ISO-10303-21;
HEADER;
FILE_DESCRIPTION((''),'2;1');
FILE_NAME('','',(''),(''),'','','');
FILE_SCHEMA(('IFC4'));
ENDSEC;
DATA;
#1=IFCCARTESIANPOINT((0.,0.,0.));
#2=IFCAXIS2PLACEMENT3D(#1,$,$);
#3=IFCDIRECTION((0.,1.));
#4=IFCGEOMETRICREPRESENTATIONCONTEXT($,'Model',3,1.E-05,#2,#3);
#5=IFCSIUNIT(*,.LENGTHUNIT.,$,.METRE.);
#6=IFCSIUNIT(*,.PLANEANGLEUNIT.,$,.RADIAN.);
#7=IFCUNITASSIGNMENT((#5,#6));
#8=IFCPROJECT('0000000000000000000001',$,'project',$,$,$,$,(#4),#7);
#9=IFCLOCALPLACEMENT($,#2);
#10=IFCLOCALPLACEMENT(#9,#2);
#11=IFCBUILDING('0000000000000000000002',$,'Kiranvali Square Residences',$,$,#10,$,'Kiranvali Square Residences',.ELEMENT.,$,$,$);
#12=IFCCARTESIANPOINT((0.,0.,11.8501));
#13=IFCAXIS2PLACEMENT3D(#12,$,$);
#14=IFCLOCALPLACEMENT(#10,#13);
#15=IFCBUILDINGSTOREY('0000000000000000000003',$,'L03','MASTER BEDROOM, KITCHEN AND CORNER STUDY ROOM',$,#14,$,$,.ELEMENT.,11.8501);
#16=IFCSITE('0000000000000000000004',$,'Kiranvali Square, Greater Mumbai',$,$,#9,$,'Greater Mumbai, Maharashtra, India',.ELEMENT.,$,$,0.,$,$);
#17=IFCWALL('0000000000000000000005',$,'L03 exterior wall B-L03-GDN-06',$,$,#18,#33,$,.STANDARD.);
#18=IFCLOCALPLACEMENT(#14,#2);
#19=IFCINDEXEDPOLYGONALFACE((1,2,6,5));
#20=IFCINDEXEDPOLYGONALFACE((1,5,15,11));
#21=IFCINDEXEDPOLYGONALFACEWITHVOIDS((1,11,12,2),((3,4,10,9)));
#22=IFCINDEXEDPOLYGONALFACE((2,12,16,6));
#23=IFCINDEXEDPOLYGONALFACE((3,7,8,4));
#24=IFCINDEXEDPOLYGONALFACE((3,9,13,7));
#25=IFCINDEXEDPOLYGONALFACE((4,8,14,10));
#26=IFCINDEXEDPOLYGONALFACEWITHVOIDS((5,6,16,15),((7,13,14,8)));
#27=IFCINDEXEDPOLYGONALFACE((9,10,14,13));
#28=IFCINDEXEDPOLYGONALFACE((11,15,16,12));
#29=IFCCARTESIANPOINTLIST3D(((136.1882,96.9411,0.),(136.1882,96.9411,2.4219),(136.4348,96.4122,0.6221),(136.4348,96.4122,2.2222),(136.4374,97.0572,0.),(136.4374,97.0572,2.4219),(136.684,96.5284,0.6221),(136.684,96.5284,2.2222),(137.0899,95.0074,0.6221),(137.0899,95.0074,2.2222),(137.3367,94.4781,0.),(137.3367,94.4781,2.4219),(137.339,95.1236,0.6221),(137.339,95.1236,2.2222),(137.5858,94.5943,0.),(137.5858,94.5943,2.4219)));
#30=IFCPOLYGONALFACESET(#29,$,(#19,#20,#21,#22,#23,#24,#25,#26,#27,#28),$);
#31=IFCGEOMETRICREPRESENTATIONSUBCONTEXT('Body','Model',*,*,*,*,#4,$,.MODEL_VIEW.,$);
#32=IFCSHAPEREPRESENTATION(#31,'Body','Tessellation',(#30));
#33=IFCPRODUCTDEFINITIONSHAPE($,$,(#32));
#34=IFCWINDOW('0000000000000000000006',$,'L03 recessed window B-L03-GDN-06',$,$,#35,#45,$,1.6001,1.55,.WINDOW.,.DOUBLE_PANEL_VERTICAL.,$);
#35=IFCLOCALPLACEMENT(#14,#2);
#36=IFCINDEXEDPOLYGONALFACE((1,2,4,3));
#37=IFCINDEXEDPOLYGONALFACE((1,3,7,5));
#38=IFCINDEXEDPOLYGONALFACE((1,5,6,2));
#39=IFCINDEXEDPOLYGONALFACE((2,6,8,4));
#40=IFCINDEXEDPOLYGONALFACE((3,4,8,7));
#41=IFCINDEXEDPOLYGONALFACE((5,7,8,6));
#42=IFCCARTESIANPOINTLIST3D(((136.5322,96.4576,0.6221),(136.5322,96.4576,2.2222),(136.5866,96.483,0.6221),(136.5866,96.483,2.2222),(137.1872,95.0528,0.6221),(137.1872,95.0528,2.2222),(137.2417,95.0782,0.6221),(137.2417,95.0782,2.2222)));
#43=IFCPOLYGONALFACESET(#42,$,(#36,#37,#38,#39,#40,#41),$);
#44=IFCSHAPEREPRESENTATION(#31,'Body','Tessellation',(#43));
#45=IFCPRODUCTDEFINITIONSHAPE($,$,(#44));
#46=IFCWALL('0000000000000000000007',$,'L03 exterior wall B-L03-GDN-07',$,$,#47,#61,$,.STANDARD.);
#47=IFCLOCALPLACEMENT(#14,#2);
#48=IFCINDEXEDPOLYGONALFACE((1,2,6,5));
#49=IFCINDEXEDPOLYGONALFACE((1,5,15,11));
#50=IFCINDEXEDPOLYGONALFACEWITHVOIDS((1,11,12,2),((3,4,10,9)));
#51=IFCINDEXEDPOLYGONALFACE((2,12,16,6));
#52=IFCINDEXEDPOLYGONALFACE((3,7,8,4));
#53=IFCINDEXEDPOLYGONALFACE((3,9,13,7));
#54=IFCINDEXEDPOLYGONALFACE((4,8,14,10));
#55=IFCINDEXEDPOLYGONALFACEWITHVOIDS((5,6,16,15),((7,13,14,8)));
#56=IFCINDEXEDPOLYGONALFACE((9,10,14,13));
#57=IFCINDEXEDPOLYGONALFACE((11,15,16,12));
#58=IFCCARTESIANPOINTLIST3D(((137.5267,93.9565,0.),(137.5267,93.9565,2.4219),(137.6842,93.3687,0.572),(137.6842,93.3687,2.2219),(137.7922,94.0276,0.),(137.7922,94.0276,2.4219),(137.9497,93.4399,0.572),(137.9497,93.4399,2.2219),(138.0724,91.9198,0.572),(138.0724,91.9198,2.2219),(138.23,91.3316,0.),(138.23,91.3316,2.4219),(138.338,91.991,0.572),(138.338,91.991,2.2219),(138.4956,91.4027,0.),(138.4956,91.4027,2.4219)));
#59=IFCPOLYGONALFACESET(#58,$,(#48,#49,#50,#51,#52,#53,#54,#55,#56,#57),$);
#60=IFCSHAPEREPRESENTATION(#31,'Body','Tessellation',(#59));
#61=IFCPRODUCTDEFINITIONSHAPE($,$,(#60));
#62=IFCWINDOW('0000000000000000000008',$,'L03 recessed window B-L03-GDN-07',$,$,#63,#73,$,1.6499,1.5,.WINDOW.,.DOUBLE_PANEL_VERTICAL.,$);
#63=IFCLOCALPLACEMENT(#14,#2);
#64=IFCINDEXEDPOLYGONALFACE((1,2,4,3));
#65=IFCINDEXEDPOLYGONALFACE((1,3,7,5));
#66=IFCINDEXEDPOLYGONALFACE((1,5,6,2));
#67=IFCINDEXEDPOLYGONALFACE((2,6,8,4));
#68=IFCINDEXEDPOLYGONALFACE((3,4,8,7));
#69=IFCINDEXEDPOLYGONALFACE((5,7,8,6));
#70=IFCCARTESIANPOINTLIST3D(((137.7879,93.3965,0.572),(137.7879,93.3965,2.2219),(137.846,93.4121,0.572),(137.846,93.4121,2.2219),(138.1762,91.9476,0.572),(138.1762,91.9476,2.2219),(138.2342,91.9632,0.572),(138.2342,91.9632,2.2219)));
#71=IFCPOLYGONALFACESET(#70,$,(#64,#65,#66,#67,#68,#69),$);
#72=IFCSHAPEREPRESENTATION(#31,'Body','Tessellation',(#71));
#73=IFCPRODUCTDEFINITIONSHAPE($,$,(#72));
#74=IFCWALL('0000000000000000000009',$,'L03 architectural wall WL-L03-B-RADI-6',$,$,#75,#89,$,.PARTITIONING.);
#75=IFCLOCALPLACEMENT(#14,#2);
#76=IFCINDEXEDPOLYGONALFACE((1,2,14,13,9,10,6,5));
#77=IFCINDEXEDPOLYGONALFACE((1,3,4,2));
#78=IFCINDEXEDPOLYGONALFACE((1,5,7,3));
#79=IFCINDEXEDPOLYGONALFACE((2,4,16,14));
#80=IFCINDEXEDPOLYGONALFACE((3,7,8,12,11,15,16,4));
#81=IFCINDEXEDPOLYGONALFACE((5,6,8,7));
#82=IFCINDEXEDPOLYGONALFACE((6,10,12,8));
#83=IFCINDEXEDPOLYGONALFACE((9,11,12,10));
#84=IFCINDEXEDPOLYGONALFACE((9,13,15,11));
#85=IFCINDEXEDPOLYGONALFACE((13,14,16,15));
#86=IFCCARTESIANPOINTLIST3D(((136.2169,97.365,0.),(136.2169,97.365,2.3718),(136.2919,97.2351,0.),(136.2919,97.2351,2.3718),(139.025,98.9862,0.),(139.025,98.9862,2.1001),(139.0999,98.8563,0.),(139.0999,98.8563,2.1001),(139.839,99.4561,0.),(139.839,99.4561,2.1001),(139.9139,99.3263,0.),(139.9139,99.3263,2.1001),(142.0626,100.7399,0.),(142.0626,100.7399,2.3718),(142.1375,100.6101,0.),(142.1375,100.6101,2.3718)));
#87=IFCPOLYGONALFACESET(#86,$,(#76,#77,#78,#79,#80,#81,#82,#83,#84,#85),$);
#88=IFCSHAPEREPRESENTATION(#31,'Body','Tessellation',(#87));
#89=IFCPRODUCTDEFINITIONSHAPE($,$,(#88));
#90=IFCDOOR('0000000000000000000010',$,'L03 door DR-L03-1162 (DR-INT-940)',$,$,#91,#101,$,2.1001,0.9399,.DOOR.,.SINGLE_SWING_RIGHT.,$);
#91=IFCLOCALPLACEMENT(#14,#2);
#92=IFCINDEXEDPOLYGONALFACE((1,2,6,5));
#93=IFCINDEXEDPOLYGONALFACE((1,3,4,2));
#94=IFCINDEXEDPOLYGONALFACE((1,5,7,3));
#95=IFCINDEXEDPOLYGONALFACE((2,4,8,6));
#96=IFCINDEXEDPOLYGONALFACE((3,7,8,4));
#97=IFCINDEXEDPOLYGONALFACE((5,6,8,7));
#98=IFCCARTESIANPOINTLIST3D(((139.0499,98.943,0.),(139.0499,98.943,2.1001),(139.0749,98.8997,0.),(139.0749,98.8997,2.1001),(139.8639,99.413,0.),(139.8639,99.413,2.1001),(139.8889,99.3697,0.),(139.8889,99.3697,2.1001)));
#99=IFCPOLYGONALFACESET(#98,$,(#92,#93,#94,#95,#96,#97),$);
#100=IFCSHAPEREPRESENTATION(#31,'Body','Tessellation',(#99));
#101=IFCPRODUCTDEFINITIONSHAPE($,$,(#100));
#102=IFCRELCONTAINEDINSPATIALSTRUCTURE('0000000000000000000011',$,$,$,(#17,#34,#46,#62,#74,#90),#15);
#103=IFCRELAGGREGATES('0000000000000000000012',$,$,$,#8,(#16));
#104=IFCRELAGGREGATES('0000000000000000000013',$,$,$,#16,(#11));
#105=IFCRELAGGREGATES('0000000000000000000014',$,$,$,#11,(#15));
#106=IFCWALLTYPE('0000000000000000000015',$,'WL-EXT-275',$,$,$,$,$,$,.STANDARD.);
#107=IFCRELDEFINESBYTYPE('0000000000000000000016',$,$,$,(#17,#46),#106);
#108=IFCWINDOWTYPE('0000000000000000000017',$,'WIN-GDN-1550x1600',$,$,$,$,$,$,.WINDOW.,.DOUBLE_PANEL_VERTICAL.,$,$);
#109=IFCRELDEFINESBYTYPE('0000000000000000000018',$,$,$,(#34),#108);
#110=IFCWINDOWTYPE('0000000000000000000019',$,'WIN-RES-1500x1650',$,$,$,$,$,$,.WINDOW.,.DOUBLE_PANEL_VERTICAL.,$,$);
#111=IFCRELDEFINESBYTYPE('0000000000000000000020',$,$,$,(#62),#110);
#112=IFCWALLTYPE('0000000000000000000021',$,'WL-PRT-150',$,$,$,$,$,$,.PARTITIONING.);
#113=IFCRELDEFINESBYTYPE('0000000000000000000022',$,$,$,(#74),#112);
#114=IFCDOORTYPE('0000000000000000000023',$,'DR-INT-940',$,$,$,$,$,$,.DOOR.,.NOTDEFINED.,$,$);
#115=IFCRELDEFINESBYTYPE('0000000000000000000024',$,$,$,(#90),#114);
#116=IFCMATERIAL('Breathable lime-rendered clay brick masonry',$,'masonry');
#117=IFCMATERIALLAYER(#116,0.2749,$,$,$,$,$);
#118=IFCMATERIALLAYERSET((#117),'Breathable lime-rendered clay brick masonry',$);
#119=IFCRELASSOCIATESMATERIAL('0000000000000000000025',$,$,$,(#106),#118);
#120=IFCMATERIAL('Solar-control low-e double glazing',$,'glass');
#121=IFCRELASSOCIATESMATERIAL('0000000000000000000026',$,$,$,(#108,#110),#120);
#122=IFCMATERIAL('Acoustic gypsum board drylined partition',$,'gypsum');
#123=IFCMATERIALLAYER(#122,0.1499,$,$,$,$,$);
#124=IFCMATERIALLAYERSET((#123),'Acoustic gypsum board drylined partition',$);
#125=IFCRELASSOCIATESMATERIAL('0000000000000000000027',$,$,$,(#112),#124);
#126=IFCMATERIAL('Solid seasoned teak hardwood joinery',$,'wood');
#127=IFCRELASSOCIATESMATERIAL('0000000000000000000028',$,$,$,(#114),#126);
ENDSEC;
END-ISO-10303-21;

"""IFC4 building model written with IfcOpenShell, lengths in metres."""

from ifc_helpers import new_model, si_unit, direction, frame, frame_2d, origin, place, context, subcontext, project, spatial, rectangle, extrude, material, layer, layer_set, type_object, element, fill, save


model = new_model("IFC4")

# Units and contexts
model_context = context("Model", 3, precision=1e-05, world=origin(), true_north=direction((0.0, 1.0)))
body_context = subcontext(model_context, "Body", "Model", "MODEL_VIEW")
ifc_project = project(units=[si_unit("LENGTHUNIT", "METRE"), si_unit("PLANEANGLEUNIT", "RADIAN")], contexts=[model_context])

# Site, building, storey
site_placement = place(None, origin())
site = spatial("IfcSite", under=ifc_project, at=site_placement, Name="Kiranvali Square, Greater Mumbai", LongName="Greater Mumbai, Maharashtra, India", CompositionType="ELEMENT", RefElevation=0.0)
building_placement = place(site_placement, origin())
building = spatial("IfcBuilding", under=site, at=building_placement, Name="Kiranvali Square Residences", LongName="Kiranvali Square Residences", CompositionType="ELEMENT")
storey_placement = place(building_placement, frame((0.0, 0.0, 11.8501)))
storey = spatial("IfcBuildingStorey", under=building, at=storey_placement, Name="L03", Description="MASTER BEDROOM, KITCHEN AND CORNER STUDY ROOM", CompositionType="ELEMENT", Elevation=11.8501)

# Shared definitions
ifc_material_1 = material(Name="Breathable lime-rendered clay brick masonry", Category="masonry")
ifc_layer_1 = layer(ifc_material_1, 0.2749)
ifc_layer_set_1 = layer_set([ifc_layer_1], Name="Breathable lime-rendered clay brick masonry")
wall_type_1 = type_object("IfcWallType", Name="WL-EXT-275", PredefinedType="STANDARD", material=ifc_layer_set_1)

# Walls, openings, windows
wall_1_placement = place(storey_placement, frame((136.3127, 96.9993, 0.0), z_axis=(0.0, 0.0, 1.0), x_axis=(0.42261, -0.906312, 0.0)))
wall_1 = element("IfcWall", 1, at=wall_1_placement, inside=storey, type_object=wall_type_1, Name="L03 exterior wall B-L03-GDN-06", PredefinedType="STANDARD", context=body_context, shape_type="SweptSolid", body=[
    extrude(rectangle(XDim=2.7175, YDim=0.2749, at=frame_2d((1.3589, 0.0))), origin(), (0.0, 0.0, 1.0), 2.4219),
])
opening_1_placement = place(wall_1_placement, frame((0.5837, 0.0, 0.6221)))
opening_1 = element("IfcOpeningElement", 2, at=opening_1_placement, cuts=wall_1, PredefinedType="OPENING", context=body_context, shape_type="SweptSolid", body=[
    extrude(rectangle(XDim=1.55, YDim=1.6001, at=frame_2d((0.7749, 0.8))), frame((0.0, 0.1475, 0.0), z_axis=(0.0, -1.0, 0.0), x_axis=(1.0, 0.0, 0.0)), (0.0, 0.0, 1.0), 0.2949),
])
ifc_material_2 = material(Name="Solar-control low-e double glazing", Category="glass")
window_type_1 = type_object("IfcWindowType", Name="WIN-GDN-1550x1600", PartitioningType="DOUBLE_PANEL_VERTICAL", PredefinedType="WINDOW", material=ifc_material_2)
window_1_placement = place(opening_1_placement, origin())
window_1 = element("IfcWindow", 3, at=window_1_placement, inside=storey, type_object=window_type_1, Name="L03 recessed window B-L03-GDN-06", OverallHeight=1.6001, OverallWidth=1.55, PartitioningType="DOUBLE_PANEL_VERTICAL", PredefinedType="WINDOW", context=body_context, shape_type="SweptSolid", body=[
    extrude(rectangle(XDim=1.55, YDim=1.6001, at=frame_2d((0.7749, 0.8))), frame((0.0, 0.03, 0.0), z_axis=(0.0, -1.0, 0.0), x_axis=(1.0, 0.0, 0.0)), (0.0, 0.0, 1.0), 0.0601),
])
fill(opening_1, window_1)
wall_2_placement = place(storey_placement, frame((137.6594, 93.9922, 0.0), z_axis=(0.0, 0.0, 1.0), x_axis=(0.25882, -0.965926, 0.0)))
wall_2 = element("IfcWall", 4, at=wall_2_placement, inside=storey, type_object=wall_type_1, Name="L03 exterior wall B-L03-GDN-07", PredefinedType="STANDARD", context=body_context, shape_type="SweptSolid", body=[
    extrude(rectangle(XDim=2.7175, YDim=0.2749, at=frame_2d((1.3589, 0.0))), origin(), (0.0, 0.0, 1.0), 2.4219),
])
opening_2_placement = place(wall_2_placement, frame((0.6086, 0.0, 0.572)))
opening_2 = element("IfcOpeningElement", 5, at=opening_2_placement, cuts=wall_2, PredefinedType="OPENING", context=body_context, shape_type="SweptSolid", body=[
    extrude(rectangle(XDim=1.5, YDim=1.6499, at=frame_2d((0.75, 0.825))), frame((0.0, 0.1475, 0.0), z_axis=(0.0, -1.0, 0.0), x_axis=(1.0, 0.0, 0.0)), (0.0, 0.0, 1.0), 0.2949),
])
window_type_2 = type_object("IfcWindowType", Name="WIN-RES-1500x1650", PartitioningType="DOUBLE_PANEL_VERTICAL", PredefinedType="WINDOW", material=ifc_material_2)
window_2_placement = place(opening_2_placement, origin())
window_2 = element("IfcWindow", 6, at=window_2_placement, inside=storey, type_object=window_type_2, Name="L03 recessed window B-L03-GDN-07", OverallHeight=1.6499, OverallWidth=1.5, PartitioningType="DOUBLE_PANEL_VERTICAL", PredefinedType="WINDOW", context=body_context, shape_type="SweptSolid", body=[
    extrude(rectangle(XDim=1.5, YDim=1.6499, at=frame_2d((0.75, 0.825))), frame((0.0, 0.03, 0.0), z_axis=(0.0, -1.0, 0.0), x_axis=(1.0, 0.0, 0.0)), (0.0, 0.0, 1.0), 0.0601),
])
fill(opening_2, window_2)

# Wall, opening, door
ifc_material_3 = material(Name="Acoustic gypsum board drylined partition", Category="gypsum")
ifc_layer_2 = layer(ifc_material_3, 0.1499)
ifc_layer_set_2 = layer_set([ifc_layer_2], Name="Acoustic gypsum board drylined partition")
wall_type_2 = type_object("IfcWallType", Name="WL-PRT-150", PredefinedType="PARTITIONING", material=ifc_layer_set_2)
wall_3_placement = place(storey_placement, frame((136.2544, 97.3, 0.0), z_axis=(0.0, 0.0, 1.0), x_axis=(0.866027, 0.499998, 0.0)))
wall_3 = element("IfcWall", 7, at=wall_3_placement, inside=storey, type_object=wall_type_2, Name="L03 architectural wall WL-L03-B-RADI-6", PredefinedType="PARTITIONING", context=body_context, shape_type="SweptSolid", body=[
    extrude(rectangle(XDim=6.75, YDim=0.1499, at=frame_2d((3.375, 0.0))), origin(), (0.0, 0.0, 1.0), 2.3718),
])
opening_3_placement = place(wall_3_placement, frame((3.2424, 0.0, 0.0)))
opening_3 = element("IfcOpeningElement", 8, at=opening_3_placement, cuts=wall_3, PredefinedType="OPENING", context=body_context, shape_type="SweptSolid", body=[
    extrude(rectangle(XDim=0.9399, YDim=2.1001, at=frame_2d((0.47, 1.05))), frame((0.0, 0.085, 0.0), z_axis=(0.0, -1.0, 0.0), x_axis=(1.0, 0.0, 0.0)), (0.0, 0.0, 1.0), 0.1699),
])
ifc_material_4 = material(Name="Solid seasoned teak hardwood joinery", Category="wood")
door_type_1 = type_object("IfcDoorType", Name="DR-INT-940", OperationType="NOTDEFINED", PredefinedType="DOOR", material=ifc_material_4)
door_1_placement = place(opening_3_placement, frame((0.9399, 0.0, 0.0), z_axis=(0.0, 0.0, 1.0), x_axis=(-1.0, 0.0, 0.0)))
door_1 = element("IfcDoor", 9, at=door_1_placement, inside=storey, type_object=door_type_1, Name="L03 door DR-L03-1162 (DR-INT-940)", OperationType="SINGLE_SWING_RIGHT", OverallHeight=2.1001, OverallWidth=0.9399, PredefinedType="DOOR", context=body_context, shape_type="SweptSolid", body=[
    extrude(rectangle(XDim=0.9399, YDim=2.1001, at=frame_2d((0.47, 1.05))), frame((0.0, 0.0249, 0.0), z_axis=(0.0, -1.0, 0.0), x_axis=(1.0, 0.0, 0.0)), (0.0, 0.0, 1.0), 0.05),
])
fill(opening_3, door_1)

save(model, "model.ifc")
